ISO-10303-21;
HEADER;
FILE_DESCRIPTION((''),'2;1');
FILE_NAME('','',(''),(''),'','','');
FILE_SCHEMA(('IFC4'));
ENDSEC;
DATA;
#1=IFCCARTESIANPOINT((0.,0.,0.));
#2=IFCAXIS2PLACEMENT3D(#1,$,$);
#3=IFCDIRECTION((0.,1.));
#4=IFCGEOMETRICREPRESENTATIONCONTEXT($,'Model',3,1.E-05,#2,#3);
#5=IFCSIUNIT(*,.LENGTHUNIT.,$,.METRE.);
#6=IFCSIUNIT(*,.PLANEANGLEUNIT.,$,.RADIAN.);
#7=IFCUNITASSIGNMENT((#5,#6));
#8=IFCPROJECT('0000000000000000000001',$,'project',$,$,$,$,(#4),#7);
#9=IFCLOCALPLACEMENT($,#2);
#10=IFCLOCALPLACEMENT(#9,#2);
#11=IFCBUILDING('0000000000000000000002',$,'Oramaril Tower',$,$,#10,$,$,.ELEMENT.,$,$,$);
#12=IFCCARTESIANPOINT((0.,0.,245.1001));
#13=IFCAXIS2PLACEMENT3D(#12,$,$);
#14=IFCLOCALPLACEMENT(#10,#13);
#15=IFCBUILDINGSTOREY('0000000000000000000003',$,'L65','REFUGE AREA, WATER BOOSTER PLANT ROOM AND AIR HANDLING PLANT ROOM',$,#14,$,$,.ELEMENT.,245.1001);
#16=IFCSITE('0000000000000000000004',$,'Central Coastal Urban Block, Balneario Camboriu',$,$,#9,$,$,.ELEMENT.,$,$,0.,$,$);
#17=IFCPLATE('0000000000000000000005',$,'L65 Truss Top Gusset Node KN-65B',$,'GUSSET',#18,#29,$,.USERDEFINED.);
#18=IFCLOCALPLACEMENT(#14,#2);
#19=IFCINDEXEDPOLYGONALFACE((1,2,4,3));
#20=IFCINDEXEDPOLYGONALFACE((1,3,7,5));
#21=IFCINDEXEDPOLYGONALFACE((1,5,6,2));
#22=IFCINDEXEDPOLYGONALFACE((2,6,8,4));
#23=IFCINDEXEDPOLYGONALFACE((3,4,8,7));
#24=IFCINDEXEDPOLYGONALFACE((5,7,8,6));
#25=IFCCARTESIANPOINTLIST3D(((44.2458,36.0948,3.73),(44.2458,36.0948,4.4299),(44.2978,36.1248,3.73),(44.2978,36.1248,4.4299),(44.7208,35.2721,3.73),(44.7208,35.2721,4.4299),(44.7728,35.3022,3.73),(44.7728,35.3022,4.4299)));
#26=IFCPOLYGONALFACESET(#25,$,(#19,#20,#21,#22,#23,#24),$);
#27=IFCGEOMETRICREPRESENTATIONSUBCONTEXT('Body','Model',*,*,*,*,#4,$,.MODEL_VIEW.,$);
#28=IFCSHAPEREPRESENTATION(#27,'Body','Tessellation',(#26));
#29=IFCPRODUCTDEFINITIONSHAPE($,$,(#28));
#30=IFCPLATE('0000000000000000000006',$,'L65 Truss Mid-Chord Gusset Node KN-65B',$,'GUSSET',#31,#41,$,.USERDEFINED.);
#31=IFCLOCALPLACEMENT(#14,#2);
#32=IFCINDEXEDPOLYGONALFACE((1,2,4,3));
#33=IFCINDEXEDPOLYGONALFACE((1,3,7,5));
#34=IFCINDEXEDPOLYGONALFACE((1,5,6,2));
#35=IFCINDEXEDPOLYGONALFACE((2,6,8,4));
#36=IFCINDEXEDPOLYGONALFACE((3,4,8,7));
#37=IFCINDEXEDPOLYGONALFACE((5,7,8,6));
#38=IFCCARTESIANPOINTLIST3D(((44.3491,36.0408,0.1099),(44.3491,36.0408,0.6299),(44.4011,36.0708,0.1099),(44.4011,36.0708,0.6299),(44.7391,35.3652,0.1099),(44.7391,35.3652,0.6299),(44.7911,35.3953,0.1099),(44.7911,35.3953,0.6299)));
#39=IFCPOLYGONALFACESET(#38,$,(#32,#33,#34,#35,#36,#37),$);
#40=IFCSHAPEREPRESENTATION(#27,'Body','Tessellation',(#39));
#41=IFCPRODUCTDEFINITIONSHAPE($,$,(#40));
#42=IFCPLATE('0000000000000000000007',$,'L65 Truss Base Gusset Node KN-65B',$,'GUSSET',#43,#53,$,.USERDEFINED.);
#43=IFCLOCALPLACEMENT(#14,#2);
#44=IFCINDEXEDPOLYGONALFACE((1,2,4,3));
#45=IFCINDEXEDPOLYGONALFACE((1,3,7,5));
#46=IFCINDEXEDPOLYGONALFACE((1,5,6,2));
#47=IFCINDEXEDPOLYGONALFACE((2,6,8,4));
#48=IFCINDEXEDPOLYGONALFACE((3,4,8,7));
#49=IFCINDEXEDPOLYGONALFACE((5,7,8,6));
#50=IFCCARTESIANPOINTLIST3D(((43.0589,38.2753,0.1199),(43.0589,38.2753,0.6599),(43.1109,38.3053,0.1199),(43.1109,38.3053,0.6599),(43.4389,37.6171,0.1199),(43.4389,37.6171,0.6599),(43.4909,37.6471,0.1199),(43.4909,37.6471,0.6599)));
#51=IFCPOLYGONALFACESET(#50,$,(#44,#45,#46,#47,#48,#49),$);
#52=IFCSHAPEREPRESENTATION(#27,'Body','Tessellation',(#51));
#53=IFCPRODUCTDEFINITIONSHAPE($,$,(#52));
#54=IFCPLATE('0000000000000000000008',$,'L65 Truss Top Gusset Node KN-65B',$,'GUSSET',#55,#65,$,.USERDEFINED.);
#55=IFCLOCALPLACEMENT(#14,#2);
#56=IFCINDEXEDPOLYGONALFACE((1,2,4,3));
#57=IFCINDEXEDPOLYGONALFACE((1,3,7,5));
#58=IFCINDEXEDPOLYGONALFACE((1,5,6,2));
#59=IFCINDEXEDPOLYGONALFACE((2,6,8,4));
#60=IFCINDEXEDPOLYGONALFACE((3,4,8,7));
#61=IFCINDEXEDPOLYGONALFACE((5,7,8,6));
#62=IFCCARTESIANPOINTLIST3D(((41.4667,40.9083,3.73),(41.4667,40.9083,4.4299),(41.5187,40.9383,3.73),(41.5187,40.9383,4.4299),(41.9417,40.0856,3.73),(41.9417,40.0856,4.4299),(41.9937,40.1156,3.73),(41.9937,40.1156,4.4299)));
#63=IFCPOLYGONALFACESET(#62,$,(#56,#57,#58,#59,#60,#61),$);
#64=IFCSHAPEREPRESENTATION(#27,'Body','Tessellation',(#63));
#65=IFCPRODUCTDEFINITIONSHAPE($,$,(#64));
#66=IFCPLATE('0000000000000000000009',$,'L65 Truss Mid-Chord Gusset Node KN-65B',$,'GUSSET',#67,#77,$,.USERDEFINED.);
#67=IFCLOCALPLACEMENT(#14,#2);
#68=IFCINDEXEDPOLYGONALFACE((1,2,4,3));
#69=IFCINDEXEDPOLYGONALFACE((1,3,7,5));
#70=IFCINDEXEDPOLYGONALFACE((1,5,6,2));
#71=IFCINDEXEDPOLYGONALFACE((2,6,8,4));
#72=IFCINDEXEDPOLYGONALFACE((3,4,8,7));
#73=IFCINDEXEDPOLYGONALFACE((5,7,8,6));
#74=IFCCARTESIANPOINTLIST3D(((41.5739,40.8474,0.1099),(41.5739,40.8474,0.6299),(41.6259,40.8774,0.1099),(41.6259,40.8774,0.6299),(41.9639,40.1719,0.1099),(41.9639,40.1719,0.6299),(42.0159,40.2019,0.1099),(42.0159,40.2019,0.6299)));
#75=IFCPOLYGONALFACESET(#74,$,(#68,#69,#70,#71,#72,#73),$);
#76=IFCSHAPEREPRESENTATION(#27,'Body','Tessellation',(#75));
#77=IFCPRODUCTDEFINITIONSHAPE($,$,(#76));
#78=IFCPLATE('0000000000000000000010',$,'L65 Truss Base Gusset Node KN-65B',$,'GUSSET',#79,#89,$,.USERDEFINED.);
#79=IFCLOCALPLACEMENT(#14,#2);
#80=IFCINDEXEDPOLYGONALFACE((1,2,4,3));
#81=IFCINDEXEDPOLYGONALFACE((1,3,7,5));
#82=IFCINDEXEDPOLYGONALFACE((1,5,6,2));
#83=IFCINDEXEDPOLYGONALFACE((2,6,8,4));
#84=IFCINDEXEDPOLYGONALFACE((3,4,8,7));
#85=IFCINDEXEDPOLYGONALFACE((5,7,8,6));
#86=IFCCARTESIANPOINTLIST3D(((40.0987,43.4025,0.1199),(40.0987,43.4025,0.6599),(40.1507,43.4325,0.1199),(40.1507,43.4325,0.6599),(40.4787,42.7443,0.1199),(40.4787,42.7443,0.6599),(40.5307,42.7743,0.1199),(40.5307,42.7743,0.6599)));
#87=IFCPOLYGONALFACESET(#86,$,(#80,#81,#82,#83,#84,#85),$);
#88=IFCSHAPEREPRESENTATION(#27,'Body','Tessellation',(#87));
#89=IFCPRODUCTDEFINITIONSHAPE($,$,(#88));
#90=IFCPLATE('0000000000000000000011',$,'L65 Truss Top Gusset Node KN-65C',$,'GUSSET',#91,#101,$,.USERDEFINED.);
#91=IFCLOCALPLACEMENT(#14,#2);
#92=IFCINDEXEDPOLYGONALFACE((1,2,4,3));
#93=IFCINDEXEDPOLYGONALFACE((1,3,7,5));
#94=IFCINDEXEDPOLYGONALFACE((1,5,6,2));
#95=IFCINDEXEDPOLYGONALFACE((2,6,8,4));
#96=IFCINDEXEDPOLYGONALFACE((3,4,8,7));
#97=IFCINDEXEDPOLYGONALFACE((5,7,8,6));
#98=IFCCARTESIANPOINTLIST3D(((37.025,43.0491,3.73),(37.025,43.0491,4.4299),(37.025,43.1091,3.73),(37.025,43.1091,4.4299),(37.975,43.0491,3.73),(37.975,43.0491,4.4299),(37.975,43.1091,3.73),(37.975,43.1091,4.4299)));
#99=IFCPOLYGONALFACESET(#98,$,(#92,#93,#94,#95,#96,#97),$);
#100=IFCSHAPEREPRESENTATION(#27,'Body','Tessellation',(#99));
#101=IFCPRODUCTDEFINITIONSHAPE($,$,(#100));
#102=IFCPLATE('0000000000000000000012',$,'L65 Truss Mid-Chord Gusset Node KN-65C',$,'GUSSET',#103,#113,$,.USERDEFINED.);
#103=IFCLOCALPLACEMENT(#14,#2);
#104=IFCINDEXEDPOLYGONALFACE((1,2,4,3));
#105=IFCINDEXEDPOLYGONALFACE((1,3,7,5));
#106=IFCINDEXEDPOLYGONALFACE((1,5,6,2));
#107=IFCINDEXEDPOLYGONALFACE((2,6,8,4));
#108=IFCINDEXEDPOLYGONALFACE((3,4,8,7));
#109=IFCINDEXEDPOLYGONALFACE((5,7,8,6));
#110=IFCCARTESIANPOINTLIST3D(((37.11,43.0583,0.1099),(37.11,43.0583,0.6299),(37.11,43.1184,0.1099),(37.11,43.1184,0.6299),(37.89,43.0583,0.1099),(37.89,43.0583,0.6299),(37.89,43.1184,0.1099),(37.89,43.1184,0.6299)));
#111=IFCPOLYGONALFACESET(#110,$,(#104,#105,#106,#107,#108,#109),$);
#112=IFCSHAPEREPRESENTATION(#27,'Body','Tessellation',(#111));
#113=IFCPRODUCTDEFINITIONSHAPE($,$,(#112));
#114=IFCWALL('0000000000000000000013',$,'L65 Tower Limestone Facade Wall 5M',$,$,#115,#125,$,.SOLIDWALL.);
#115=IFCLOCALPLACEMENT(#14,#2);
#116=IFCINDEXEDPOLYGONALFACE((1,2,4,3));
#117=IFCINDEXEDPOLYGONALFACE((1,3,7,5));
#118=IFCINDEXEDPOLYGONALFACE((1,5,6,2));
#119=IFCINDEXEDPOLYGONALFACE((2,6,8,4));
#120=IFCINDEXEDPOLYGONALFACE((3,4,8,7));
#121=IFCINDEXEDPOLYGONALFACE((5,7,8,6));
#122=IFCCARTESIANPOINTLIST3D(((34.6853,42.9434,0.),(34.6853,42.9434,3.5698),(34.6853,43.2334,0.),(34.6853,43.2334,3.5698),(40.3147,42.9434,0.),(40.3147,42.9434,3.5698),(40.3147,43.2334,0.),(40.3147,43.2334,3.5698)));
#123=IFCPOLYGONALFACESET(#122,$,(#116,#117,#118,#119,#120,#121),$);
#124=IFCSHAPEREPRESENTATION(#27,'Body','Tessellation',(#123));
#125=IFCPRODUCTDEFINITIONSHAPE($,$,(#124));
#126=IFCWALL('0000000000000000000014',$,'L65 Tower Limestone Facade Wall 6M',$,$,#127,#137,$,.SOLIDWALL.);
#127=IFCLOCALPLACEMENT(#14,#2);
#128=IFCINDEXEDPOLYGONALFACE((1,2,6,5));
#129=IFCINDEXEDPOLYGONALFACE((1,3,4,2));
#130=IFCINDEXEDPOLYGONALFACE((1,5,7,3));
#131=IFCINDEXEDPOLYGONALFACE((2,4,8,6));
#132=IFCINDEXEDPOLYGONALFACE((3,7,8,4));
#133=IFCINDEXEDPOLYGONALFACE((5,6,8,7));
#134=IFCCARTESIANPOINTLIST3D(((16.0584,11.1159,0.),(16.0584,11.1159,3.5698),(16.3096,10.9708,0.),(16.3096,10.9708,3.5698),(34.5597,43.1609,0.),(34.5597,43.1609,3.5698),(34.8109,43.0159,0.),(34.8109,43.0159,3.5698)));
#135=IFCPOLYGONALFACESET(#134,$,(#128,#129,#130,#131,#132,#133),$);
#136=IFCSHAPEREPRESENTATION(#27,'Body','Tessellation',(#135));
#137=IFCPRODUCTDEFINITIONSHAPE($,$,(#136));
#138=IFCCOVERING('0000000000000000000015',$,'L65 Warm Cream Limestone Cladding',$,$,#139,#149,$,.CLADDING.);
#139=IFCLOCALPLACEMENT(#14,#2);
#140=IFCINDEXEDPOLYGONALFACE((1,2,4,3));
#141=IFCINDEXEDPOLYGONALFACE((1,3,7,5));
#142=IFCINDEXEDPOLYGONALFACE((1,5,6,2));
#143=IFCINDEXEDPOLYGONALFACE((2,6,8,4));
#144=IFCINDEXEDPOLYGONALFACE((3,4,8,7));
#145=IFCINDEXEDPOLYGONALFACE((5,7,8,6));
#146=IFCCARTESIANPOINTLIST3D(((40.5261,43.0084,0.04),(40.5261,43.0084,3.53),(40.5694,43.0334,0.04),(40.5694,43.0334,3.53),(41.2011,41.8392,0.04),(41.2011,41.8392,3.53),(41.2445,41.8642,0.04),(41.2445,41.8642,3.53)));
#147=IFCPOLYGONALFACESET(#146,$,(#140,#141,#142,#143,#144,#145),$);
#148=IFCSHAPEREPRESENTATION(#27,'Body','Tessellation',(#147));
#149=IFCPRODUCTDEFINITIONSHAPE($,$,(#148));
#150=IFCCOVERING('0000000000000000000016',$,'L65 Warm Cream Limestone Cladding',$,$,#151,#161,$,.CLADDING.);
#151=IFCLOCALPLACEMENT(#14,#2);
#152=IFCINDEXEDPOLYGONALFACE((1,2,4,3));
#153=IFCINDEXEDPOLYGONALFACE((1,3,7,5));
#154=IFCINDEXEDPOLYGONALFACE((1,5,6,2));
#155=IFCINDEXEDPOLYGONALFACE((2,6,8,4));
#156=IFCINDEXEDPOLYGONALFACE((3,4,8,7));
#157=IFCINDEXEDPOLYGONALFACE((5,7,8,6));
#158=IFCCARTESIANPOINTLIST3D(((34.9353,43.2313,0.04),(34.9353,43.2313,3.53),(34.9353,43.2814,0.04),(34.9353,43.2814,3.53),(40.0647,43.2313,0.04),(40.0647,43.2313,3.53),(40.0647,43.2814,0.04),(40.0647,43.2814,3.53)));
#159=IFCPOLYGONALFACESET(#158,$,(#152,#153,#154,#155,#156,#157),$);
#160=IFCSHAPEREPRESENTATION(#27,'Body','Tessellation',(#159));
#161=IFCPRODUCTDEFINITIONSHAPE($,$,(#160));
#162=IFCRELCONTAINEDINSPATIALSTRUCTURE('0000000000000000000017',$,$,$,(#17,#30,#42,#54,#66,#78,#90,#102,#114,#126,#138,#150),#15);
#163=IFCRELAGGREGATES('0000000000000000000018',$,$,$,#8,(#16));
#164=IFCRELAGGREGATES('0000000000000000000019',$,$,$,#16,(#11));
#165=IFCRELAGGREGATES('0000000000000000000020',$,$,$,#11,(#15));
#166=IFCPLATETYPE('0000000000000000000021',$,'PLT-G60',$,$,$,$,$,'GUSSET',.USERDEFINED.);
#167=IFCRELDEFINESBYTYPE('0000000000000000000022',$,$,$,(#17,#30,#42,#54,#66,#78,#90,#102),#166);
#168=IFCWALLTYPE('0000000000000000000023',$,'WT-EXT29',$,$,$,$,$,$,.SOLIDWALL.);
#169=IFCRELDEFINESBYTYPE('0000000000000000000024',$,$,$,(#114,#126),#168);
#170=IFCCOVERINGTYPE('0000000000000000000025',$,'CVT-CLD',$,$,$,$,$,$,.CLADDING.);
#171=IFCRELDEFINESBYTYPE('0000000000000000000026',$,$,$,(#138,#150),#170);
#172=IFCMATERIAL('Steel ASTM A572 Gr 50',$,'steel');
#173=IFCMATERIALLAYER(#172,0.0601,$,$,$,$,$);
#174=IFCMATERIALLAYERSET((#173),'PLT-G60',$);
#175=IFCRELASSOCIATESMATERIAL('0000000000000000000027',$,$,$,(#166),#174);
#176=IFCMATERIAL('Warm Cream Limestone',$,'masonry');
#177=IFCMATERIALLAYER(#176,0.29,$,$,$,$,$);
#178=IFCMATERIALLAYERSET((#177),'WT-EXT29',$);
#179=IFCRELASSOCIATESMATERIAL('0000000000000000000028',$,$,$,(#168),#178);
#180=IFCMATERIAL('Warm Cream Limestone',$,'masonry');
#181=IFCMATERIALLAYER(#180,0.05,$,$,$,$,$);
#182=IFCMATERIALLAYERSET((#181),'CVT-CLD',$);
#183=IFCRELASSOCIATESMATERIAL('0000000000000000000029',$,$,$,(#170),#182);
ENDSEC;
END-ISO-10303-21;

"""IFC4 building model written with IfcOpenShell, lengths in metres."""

from ifc_helpers import new_model, si_unit, direction, frame, frame_2d, origin, origin_2d, place, context, subcontext, project, spatial, rectangle, extrude, material, layer, layer_set, type_object, element, save


model = new_model("IFC4")

# Units and contexts
model_context = context("Model", 3, precision=1e-05, world=origin(), true_north=direction((0.0, 1.0)))
body_context = subcontext(model_context, "Body", "Model", "MODEL_VIEW")
ifc_project = project(units=[si_unit("LENGTHUNIT", "METRE"), si_unit("PLANEANGLEUNIT", "RADIAN")], contexts=[model_context])

# Site, building, storey
site_placement = place(None, origin())
site = spatial("IfcSite", under=ifc_project, at=site_placement, Name="Central Coastal Urban Block, Balneario Camboriu", CompositionType="ELEMENT", RefElevation=0.0)
building_placement = place(site_placement, origin())
building = spatial("IfcBuilding", under=site, at=building_placement, Name="Oramaril Tower", CompositionType="ELEMENT")
storey_placement = place(building_placement, frame((0.0, 0.0, 245.1001)))
storey = spatial("IfcBuildingStorey", under=building, at=storey_placement, Name="L65", Description="REFUGE AREA, WATER BOOSTER PLANT ROOM AND AIR HANDLING PLANT ROOM", CompositionType="ELEMENT", Elevation=245.1001)

# Plates
ifc_material_1 = material(Name="Steel ASTM A572 Gr 50", Category="steel")
ifc_layer_1 = layer(ifc_material_1, 0.0601)
ifc_layer_set_1 = layer_set([ifc_layer_1], Name="PLT-G60")
plate_type_1 = type_object("IfcPlateType", Name="PLT-G60", ElementType="GUSSET", PredefinedType="USERDEFINED", material=ifc_layer_set_1)
plate_1_placement = place(storey_placement, frame((44.5093, 35.6985, 3.73), z_axis=(0.0, 0.0, 1.0), x_axis=(-0.499998, 0.866026, 0.0)))
element("IfcPlate", 1, at=plate_1_placement, inside=storey, type_object=plate_type_1, Name="L65 Truss Top Gusset Node KN-65B", ObjectType="GUSSET", PredefinedType="USERDEFINED", context=body_context, shape_type="SweptSolid", body=[
    extrude(rectangle(XDim=0.95, YDim=0.0601, at=origin_2d()), origin(), (0.0, 0.0, 1.0), 0.7),
])
plate_2_placement = place(storey_placement, frame((44.5701, 35.718, 0.1099), z_axis=(0.0, 0.0, 1.0), x_axis=(-0.499998, 0.866026, 0.0)))
element("IfcPlate", 2, at=plate_2_placement, inside=storey, type_object=plate_type_1, Name="L65 Truss Mid-Chord Gusset Node KN-65B", ObjectType="GUSSET", PredefinedType="USERDEFINED", context=body_context, shape_type="SweptSolid", body=[
    extrude(rectangle(XDim=0.78, YDim=0.0601, at=origin_2d()), origin(), (0.0, 0.0, 1.0), 0.52),
])
plate_3_placement = place(storey_placement, frame((43.2749, 37.9612, 0.1199), z_axis=(0.0, 0.0, 1.0), x_axis=(-0.499998, 0.866026, 0.0)))
element("IfcPlate", 3, at=plate_3_placement, inside=storey, type_object=plate_type_1, Name="L65 Truss Base Gusset Node KN-65B", ObjectType="GUSSET", PredefinedType="USERDEFINED", context=body_context, shape_type="SweptSolid", body=[
    extrude(rectangle(XDim=0.76, YDim=0.0601, at=origin_2d()), origin(), (0.0, 0.0, 1.0), 0.54),
])
plate_4_placement = place(storey_placement, frame((41.7302, 40.512, 3.73), z_axis=(0.0, 0.0, 1.0), x_axis=(-0.500002, 0.866025, 0.0)))
element("IfcPlate", 4, at=plate_4_placement, inside=storey, type_object=plate_type_1, Name="L65 Truss Top Gusset Node KN-65B", ObjectType="GUSSET", PredefinedType="USERDEFINED", context=body_context, shape_type="SweptSolid", body=[
    extrude(rectangle(XDim=0.95, YDim=0.0601, at=origin_2d()), origin(), (0.0, 0.0, 1.0), 0.7),
])
plate_5_placement = place(storey_placement, frame((41.7949, 40.5247, 0.1099), z_axis=(0.0, 0.0, 1.0), x_axis=(-0.500002, 0.866025, 0.0)))
element("IfcPlate", 5, at=plate_5_placement, inside=storey, type_object=plate_type_1, Name="L65 Truss Mid-Chord Gusset Node KN-65B", ObjectType="GUSSET", PredefinedType="USERDEFINED", context=body_context, shape_type="SweptSolid", body=[
    extrude(rectangle(XDim=0.78, YDim=0.0601, at=origin_2d()), origin(), (0.0, 0.0, 1.0), 0.52),
])
plate_6_placement = place(storey_placement, frame((40.3147, 43.0884, 0.1199), z_axis=(0.0, 0.0, 1.0), x_axis=(-0.500002, 0.866025, 0.0)))
element("IfcPlate", 6, at=plate_6_placement, inside=storey, type_object=plate_type_1, Name="L65 Truss Base Gusset Node KN-65B", ObjectType="GUSSET", PredefinedType="USERDEFINED", context=body_context, shape_type="SweptSolid", body=[
    extrude(rectangle(XDim=0.76, YDim=0.0601, at=origin_2d()), origin(), (0.0, 0.0, 1.0), 0.54),
])
plate_7_placement = place(storey_placement, frame((37.5, 43.0791, 3.73), z_axis=(0.0, 0.0, 1.0), x_axis=(-1.0, 0.0, 0.0)))
element("IfcPlate", 7, at=plate_7_placement, inside=storey, type_object=plate_type_1, Name="L65 Truss Top Gusset Node KN-65C", ObjectType="GUSSET", PredefinedType="USERDEFINED", context=body_context, shape_type="SweptSolid", body=[
    extrude(rectangle(XDim=0.95, YDim=0.0601, at=origin_2d()), origin(), (0.0, 0.0, 1.0), 0.7),
])
plate_8_placement = place(storey_placement, frame((37.5, 43.0884, 0.1099), z_axis=(0.0, 0.0, 1.0), x_axis=(-1.0, 0.0, 0.0)))
element("IfcPlate", 8, at=plate_8_placement, inside=storey, type_object=plate_type_1, Name="L65 Truss Mid-Chord Gusset Node KN-65C", ObjectType="GUSSET", PredefinedType="USERDEFINED", context=body_context, shape_type="SweptSolid", body=[
    extrude(rectangle(XDim=0.78, YDim=0.0601, at=origin_2d()), origin(), (0.0, 0.0, 1.0), 0.52),
])

# Walls
ifc_material_2 = material(Name="Warm Cream Limestone", Category="masonry")
ifc_layer_2 = layer(ifc_material_2, 0.29)
ifc_layer_set_2 = layer_set([ifc_layer_2], Name="WT-EXT29")
wall_type = type_object("IfcWallType", Name="WT-EXT29", PredefinedType="SOLIDWALL", material=ifc_layer_set_2)
wall_1_placement = place(storey_placement, frame((40.3147, 43.0884, 0.0), z_axis=(0.0, 0.0, 1.0), x_axis=(-1.0, 0.0, 0.0)))
element("IfcWall", 9, at=wall_1_placement, inside=storey, type_object=wall_type, Name="L65 Tower Limestone Facade Wall 5M", PredefinedType="SOLIDWALL", context=body_context, shape_type="SweptSolid", body=[
    extrude(rectangle(XDim=5.6294, YDim=0.29, at=frame_2d((2.8147, 0.0))), origin(), (0.0, 0.0, 1.0), 3.5698),
])
wall_2_placement = place(storey_placement, frame((34.6853, 43.0884, 0.0), z_axis=(0.0, 0.0, 1.0), x_axis=(-0.500002, -0.866025, 0.0)))
element("IfcWall", 10, at=wall_2_placement, inside=storey, type_object=wall_type, Name="L65 Tower Limestone Facade Wall 6M", PredefinedType="SOLIDWALL", context=body_context, shape_type="SweptSolid", body=[
    extrude(rectangle(XDim=37.0024, YDim=0.29, at=frame_2d((18.5012, 0.0))), origin(), (0.0, 0.0, 1.0), 3.5698),
])

# Coverings
ifc_material_3 = material(Name="Warm Cream Limestone", Category="masonry")
ifc_layer_3 = layer(ifc_material_3, 0.05)
ifc_layer_set_3 = layer_set([ifc_layer_3], Name="CVT-CLD")
covering_type = type_object("IfcCoveringType", Name="CVT-CLD", PredefinedType="CLADDING", material=ifc_layer_set_3)
covering_1_placement = place(storey_placement, frame((40.8853, 42.4363, 0.04), z_axis=(0.0, 0.0, 1.0), x_axis=(-0.5, 0.866025, 0.0)))
element("IfcCovering", 11, at=covering_1_placement, inside=storey, type_object=covering_type, Name="L65 Warm Cream Limestone Cladding", PredefinedType="CLADDING", context=body_context, shape_type="SweptSolid", body=[
    extrude(rectangle(XDim=1.3501, YDim=0.05, at=origin_2d()), origin(), (0.0, 0.0, 1.0), 3.49),
])
covering_2_placement = place(storey_placement, frame((37.5, 43.2563, 0.04), z_axis=(0.0, 0.0, 1.0), x_axis=(-1.0, 0.0, 0.0)))
element("IfcCovering", 12, at=covering_2_placement, inside=storey, type_object=covering_type, Name="L65 Warm Cream Limestone Cladding", PredefinedType="CLADDING", context=body_context, shape_type="SweptSolid", body=[
    extrude(rectangle(XDim=5.1294, YDim=0.05, at=origin_2d()), origin(), (0.0, 0.0, 1.0), 3.49),
])

save(model, "model.ifc")
